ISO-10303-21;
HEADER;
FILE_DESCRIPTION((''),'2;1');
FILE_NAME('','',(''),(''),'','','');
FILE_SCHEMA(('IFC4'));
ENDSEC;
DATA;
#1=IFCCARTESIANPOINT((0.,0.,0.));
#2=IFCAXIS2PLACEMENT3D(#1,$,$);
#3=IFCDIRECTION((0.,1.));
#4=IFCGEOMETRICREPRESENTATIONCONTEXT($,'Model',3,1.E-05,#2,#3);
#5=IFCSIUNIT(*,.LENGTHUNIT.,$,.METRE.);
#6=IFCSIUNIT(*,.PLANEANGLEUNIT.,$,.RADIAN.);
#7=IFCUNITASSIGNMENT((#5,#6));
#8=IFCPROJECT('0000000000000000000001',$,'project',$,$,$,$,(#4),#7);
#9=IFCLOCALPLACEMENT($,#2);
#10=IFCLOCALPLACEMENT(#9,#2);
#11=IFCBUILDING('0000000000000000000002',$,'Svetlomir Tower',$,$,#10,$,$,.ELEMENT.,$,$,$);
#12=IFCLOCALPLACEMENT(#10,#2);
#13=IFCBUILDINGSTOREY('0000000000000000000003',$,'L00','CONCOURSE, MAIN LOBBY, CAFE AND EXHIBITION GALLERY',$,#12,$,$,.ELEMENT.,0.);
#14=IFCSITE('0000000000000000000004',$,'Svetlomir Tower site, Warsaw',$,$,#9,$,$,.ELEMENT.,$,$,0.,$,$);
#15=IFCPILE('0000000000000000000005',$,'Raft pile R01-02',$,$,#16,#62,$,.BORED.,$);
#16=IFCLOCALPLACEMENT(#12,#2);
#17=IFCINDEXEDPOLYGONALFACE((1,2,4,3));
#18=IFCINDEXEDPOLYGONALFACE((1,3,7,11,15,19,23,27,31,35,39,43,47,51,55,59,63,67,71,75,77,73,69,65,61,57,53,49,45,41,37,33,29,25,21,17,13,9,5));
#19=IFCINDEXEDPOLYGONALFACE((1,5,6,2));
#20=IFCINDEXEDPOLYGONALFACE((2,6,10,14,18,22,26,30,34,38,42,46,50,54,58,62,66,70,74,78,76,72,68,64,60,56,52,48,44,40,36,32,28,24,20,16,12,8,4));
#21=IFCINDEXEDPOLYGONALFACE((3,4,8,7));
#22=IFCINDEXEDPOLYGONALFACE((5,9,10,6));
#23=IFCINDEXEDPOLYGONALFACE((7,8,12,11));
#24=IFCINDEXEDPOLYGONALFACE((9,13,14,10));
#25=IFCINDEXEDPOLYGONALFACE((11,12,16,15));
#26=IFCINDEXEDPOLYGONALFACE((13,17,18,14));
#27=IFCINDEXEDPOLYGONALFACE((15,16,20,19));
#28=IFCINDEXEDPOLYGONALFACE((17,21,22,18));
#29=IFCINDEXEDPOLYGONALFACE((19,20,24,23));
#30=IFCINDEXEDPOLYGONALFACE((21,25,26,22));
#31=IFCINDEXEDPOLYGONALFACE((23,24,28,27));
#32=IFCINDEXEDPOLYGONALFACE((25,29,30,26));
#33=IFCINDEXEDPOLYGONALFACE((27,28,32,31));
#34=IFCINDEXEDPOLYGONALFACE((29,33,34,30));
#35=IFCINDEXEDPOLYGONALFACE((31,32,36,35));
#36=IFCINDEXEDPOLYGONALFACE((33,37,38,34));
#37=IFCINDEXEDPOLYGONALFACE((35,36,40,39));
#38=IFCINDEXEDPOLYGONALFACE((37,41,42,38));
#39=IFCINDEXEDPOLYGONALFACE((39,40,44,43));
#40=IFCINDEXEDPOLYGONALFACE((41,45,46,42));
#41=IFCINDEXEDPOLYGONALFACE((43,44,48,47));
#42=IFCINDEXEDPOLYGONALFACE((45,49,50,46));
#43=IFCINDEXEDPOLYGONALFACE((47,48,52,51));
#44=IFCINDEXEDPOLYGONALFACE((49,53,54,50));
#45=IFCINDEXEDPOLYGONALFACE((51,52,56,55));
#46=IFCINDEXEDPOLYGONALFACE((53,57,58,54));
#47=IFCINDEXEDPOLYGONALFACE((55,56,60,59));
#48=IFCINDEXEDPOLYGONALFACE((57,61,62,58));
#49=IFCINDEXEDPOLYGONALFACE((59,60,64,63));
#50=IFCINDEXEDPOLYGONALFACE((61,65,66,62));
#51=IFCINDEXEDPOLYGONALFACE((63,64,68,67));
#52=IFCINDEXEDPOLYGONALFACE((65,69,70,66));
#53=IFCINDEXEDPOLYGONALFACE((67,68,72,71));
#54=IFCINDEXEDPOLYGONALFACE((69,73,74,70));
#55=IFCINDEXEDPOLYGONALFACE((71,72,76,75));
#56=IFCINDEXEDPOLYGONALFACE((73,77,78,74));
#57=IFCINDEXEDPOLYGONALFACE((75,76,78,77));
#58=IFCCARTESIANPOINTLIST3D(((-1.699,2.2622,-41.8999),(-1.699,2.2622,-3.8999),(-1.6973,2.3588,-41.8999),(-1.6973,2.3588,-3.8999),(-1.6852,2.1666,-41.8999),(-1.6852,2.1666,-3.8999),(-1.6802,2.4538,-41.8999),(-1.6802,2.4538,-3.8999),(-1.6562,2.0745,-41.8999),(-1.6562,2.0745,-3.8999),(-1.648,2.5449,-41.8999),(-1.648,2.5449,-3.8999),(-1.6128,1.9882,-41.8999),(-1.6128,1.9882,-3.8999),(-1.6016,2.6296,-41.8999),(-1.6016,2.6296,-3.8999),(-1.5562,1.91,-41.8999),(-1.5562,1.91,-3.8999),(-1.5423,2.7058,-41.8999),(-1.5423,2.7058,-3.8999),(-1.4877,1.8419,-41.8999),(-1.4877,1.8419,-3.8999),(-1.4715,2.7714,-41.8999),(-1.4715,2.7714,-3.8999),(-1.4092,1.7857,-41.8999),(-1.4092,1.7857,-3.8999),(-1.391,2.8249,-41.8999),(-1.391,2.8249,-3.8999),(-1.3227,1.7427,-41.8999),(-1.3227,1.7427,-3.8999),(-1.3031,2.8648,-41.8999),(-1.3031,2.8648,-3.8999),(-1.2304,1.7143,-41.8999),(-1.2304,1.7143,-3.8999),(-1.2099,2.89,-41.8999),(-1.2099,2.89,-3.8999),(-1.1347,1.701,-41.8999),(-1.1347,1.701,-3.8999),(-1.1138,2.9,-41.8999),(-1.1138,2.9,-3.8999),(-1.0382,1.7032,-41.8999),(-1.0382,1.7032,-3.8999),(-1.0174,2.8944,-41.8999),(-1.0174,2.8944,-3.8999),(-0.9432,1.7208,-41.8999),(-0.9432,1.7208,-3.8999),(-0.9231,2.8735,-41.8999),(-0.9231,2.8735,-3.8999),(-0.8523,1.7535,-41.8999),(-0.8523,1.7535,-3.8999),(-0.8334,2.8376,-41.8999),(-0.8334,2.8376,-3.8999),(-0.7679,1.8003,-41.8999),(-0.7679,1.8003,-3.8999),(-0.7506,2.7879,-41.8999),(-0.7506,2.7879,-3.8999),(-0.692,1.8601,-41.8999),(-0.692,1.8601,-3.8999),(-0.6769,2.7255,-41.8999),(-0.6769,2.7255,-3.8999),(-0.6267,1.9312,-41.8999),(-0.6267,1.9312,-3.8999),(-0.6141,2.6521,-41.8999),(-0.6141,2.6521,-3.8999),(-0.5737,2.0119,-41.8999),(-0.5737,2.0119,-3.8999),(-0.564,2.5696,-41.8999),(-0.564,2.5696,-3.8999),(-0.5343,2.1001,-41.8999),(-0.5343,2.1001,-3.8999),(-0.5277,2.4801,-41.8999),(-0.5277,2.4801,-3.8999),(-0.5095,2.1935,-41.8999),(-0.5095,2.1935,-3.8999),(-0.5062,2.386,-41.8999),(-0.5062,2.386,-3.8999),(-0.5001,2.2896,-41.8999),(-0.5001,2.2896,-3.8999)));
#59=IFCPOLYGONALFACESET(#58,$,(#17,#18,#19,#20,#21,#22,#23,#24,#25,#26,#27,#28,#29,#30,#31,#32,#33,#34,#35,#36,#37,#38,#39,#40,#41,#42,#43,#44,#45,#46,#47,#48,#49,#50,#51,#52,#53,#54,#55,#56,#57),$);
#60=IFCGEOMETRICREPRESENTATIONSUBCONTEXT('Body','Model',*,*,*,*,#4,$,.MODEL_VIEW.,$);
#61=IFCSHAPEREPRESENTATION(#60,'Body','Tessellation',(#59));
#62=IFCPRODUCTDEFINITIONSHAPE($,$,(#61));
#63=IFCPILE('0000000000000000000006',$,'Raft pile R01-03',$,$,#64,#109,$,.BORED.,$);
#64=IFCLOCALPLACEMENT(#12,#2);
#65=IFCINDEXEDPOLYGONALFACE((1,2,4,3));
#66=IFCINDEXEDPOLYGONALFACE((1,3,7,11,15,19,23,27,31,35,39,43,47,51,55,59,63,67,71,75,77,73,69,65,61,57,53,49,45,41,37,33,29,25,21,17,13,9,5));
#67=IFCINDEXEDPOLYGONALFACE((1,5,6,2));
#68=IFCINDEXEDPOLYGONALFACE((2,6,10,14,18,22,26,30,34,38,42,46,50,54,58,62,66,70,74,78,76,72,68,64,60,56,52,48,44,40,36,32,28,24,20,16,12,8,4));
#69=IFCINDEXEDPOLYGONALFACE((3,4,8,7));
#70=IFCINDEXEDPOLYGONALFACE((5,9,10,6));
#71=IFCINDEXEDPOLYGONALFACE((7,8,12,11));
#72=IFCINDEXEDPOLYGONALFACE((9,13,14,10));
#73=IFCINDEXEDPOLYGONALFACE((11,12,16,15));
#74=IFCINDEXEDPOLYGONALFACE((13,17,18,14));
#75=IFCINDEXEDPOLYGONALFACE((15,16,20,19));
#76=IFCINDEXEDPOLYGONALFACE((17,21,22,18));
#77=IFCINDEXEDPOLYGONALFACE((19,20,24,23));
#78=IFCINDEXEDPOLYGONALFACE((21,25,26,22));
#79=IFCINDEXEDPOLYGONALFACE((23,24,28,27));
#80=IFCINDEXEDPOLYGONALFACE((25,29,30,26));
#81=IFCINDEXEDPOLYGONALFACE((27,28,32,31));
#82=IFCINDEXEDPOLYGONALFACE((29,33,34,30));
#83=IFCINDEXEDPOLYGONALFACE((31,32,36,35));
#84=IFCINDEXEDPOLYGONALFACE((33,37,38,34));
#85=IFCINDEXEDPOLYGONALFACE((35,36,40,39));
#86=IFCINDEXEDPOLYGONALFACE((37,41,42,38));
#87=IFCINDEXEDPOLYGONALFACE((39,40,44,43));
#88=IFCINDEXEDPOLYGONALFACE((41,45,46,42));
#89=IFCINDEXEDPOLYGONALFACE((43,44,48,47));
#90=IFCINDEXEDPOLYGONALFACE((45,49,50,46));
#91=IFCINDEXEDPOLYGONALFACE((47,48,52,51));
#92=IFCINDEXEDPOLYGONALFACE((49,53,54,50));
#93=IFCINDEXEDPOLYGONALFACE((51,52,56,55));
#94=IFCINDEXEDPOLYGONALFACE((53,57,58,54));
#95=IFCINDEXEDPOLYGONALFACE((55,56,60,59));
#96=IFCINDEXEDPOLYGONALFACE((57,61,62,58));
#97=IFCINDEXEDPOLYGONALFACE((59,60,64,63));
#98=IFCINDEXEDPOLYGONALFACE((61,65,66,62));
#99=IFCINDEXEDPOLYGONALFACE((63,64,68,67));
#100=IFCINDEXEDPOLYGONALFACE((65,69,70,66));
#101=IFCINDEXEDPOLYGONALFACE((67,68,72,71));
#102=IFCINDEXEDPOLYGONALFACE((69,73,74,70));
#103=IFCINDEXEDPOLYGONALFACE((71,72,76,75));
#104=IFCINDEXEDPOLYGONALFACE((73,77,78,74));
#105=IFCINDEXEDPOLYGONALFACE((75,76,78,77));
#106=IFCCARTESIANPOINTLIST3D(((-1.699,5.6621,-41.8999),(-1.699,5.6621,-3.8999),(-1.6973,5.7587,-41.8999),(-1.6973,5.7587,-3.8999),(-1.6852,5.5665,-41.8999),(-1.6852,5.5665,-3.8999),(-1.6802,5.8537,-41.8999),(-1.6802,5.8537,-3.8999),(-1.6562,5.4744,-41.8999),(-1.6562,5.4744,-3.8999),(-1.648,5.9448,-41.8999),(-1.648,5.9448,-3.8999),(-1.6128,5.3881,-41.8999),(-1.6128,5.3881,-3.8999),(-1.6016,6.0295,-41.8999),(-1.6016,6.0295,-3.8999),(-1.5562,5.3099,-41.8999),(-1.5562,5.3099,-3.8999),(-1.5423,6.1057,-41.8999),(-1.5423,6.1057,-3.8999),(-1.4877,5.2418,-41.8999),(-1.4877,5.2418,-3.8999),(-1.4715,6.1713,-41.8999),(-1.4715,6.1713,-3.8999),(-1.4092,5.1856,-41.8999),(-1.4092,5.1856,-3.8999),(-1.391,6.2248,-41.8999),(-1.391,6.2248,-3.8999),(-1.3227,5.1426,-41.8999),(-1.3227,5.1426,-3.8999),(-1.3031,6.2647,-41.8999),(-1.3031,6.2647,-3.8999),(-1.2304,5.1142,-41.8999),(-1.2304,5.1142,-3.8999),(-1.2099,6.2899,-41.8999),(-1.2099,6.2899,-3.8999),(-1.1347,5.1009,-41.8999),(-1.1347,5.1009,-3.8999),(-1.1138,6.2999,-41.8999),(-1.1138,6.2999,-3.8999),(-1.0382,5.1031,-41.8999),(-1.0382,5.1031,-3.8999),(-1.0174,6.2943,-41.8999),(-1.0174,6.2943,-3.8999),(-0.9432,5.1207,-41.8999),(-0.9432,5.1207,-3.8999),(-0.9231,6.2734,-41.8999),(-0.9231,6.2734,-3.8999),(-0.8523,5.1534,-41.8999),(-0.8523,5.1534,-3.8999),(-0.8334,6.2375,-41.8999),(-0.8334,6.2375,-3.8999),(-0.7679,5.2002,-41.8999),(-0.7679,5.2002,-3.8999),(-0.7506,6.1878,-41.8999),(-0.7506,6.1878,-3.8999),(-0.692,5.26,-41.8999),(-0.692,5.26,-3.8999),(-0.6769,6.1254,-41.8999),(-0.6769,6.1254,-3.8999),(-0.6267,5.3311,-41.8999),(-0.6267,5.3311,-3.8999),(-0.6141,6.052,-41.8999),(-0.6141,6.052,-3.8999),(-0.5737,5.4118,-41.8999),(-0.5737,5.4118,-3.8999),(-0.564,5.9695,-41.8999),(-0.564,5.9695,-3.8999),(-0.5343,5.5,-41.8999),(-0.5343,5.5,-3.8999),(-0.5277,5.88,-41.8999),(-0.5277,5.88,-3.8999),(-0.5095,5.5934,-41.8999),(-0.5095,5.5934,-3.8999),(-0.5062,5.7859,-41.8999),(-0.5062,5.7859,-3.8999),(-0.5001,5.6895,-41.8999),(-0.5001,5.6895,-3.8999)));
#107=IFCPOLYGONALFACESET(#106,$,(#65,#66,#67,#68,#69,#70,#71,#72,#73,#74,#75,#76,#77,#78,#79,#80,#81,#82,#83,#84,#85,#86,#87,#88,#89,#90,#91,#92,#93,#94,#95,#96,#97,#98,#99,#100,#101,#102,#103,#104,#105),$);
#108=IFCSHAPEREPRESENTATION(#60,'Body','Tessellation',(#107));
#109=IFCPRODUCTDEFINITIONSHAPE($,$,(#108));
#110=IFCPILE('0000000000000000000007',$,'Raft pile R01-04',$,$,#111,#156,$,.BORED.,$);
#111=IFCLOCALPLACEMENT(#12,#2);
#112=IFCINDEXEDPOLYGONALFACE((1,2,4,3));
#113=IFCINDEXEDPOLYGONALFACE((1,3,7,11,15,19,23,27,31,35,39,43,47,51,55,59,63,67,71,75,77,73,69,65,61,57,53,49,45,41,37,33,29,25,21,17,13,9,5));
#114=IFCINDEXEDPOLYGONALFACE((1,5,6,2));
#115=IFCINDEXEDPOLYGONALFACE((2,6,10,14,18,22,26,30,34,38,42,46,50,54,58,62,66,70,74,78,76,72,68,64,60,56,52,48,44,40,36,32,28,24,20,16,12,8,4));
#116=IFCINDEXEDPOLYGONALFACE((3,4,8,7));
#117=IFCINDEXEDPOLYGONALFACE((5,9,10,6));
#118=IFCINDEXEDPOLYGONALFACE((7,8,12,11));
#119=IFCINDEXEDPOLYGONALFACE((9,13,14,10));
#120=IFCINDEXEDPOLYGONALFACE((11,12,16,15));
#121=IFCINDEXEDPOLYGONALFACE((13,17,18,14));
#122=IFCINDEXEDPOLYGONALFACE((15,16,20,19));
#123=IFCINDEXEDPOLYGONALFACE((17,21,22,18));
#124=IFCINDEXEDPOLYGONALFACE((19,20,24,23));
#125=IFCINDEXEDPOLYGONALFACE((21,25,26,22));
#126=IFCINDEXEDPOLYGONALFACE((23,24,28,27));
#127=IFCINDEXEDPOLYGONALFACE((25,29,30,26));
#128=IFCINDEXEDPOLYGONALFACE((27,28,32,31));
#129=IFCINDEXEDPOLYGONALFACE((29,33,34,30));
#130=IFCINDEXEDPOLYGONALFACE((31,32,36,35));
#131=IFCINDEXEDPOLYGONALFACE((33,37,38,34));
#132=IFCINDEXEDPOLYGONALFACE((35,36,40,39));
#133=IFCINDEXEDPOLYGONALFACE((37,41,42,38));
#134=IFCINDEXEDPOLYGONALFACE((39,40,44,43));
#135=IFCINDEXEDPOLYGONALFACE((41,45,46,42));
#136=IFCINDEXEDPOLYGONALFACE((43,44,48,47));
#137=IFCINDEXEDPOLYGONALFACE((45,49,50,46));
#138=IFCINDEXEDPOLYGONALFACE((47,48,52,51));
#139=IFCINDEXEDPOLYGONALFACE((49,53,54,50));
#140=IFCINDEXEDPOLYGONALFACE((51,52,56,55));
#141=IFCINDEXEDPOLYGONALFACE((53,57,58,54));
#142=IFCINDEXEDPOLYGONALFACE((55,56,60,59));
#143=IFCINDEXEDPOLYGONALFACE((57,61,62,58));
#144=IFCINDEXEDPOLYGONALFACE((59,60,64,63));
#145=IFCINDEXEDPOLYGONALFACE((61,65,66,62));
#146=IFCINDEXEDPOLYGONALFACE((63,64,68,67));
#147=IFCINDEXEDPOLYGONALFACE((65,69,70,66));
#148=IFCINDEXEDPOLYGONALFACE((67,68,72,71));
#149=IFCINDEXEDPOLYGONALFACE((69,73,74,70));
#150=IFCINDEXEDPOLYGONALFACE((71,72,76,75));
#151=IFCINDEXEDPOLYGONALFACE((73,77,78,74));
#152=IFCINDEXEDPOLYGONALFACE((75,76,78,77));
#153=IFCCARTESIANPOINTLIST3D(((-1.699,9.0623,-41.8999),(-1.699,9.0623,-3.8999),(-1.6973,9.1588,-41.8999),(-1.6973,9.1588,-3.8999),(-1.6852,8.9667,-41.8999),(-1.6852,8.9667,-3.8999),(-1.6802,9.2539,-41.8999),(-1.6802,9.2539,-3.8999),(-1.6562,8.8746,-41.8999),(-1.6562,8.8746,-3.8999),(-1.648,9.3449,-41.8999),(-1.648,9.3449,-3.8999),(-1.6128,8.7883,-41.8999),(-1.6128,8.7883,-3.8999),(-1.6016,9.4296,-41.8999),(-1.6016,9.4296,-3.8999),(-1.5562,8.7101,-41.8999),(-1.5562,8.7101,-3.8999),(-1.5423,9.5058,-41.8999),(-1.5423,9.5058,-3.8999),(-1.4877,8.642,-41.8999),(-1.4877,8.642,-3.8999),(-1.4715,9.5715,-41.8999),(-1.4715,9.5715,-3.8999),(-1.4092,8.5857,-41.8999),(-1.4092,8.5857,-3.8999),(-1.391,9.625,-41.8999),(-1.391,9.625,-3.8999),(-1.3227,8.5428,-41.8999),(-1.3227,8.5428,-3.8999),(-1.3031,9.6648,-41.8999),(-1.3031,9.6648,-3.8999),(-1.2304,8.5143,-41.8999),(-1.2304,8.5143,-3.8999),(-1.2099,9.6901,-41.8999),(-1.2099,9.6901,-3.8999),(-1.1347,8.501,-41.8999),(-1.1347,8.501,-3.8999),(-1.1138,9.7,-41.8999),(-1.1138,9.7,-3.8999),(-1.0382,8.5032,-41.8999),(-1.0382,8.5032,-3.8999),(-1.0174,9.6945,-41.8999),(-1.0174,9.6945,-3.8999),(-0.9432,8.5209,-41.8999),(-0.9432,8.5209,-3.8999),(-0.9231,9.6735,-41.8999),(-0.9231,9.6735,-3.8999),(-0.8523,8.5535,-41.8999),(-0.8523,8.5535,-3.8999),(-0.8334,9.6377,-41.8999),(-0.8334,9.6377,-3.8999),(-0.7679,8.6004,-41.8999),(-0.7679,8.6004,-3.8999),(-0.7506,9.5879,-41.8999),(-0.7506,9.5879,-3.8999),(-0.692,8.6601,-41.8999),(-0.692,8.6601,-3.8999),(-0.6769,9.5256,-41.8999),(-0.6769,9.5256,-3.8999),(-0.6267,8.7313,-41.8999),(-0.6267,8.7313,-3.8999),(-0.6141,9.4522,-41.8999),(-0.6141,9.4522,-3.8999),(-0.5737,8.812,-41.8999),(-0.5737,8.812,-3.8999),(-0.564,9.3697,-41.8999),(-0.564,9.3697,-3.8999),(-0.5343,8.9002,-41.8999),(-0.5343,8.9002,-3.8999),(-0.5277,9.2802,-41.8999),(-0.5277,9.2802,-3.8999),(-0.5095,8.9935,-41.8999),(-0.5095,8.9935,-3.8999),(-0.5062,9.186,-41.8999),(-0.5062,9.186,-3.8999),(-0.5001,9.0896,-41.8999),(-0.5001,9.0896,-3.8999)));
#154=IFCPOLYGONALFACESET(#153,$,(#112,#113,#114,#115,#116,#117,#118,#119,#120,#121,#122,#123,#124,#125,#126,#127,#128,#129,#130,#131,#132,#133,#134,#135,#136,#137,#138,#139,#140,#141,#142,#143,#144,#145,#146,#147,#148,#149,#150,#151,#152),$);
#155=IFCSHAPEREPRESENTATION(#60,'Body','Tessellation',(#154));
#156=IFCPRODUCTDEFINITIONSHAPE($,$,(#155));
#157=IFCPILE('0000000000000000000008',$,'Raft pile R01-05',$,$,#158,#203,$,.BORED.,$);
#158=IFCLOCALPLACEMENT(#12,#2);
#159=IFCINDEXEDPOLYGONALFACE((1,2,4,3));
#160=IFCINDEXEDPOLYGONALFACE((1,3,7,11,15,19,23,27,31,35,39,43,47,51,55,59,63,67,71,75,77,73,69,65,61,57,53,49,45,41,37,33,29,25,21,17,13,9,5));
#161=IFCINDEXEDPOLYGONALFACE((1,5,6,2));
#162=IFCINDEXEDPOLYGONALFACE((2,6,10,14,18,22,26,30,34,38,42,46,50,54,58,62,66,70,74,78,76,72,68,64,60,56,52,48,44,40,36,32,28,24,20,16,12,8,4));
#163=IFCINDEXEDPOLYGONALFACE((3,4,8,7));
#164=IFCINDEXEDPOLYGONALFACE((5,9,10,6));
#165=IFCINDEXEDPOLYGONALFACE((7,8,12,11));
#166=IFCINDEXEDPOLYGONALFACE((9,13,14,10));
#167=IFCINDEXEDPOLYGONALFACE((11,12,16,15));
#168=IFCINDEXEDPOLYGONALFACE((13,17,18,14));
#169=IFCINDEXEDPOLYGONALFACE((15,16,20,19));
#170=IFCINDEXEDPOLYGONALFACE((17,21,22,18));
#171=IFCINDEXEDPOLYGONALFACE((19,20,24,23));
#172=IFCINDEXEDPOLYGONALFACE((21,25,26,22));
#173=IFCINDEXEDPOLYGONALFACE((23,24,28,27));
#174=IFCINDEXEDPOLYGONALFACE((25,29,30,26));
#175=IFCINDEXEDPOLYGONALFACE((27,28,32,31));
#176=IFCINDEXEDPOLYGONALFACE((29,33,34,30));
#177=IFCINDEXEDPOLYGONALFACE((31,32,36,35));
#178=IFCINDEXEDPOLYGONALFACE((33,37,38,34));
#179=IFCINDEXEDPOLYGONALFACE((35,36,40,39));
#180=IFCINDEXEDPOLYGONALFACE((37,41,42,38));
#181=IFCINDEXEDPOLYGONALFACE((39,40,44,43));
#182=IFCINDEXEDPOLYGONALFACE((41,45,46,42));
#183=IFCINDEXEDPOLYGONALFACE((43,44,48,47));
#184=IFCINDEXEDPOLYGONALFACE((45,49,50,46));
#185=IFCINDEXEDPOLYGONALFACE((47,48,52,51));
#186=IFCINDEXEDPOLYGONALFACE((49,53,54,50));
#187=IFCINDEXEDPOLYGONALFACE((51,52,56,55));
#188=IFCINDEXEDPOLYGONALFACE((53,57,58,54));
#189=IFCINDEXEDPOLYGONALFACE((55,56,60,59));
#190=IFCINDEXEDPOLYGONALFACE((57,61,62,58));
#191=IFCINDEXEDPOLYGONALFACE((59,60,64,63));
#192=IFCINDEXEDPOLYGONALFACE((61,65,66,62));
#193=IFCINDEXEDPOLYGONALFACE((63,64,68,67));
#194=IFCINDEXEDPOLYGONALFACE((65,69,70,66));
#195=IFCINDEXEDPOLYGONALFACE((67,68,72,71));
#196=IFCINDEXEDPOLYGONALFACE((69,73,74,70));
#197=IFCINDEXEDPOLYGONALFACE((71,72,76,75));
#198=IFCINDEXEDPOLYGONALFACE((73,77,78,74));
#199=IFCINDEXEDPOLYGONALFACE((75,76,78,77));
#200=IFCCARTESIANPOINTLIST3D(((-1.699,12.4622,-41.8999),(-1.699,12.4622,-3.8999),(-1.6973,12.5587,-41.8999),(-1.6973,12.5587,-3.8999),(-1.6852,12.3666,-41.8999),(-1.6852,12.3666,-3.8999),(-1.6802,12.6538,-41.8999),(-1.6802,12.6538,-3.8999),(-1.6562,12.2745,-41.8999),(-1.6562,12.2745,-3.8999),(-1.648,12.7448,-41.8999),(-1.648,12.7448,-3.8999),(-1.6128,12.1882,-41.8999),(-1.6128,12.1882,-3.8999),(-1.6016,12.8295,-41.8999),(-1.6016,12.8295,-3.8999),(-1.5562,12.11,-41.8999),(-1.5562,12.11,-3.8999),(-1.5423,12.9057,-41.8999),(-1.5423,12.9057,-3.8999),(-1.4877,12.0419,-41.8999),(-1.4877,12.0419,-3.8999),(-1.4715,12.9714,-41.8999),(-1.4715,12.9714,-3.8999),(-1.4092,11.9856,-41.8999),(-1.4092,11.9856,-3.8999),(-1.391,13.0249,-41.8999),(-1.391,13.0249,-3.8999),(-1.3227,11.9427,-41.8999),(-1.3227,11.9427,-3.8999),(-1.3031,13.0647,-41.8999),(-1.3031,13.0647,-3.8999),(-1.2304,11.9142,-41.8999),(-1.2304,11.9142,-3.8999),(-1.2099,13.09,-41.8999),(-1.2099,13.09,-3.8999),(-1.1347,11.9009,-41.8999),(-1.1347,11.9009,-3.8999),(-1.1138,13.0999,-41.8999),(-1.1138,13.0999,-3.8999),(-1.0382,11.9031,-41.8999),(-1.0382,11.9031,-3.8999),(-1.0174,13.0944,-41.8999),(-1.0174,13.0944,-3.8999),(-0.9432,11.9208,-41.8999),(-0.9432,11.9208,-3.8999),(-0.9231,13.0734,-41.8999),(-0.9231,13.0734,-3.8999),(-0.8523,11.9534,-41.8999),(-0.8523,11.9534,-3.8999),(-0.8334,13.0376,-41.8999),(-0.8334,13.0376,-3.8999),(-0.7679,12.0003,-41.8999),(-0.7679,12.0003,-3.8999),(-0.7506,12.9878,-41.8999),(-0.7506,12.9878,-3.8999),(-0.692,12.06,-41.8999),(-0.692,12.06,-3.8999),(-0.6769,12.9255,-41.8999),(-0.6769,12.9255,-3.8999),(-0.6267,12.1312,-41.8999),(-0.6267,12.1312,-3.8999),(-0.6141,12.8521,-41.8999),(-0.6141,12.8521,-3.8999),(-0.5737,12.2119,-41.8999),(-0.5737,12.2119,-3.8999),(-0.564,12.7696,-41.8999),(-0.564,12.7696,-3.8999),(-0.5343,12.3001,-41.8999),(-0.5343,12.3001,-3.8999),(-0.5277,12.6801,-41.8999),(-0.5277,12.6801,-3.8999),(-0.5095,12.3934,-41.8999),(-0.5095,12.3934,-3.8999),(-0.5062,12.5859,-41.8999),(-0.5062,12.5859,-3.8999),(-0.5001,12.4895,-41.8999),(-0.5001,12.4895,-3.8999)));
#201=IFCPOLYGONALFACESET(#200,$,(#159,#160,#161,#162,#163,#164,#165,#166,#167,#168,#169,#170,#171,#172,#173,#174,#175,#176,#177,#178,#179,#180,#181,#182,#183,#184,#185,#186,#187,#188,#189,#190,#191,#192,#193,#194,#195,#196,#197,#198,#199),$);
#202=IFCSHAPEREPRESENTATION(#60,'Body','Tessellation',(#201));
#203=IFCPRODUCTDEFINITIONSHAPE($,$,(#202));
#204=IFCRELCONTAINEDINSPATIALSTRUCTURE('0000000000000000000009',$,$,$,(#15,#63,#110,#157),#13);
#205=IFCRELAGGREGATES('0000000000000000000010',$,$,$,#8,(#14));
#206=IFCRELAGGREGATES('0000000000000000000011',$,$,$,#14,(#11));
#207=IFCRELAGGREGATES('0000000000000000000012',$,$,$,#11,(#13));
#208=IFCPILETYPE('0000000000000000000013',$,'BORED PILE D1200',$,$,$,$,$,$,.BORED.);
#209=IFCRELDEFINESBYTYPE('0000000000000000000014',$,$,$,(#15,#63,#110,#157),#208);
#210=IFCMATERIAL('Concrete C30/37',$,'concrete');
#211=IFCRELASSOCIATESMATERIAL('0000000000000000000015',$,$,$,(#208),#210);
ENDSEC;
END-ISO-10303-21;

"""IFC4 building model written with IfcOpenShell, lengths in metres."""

from ifc_helpers import new_model, si_unit, direction, frame, frame_2d, origin, origin_2d, place, context, subcontext, project, spatial, circle, extrude, material, material_profile, profile_set, type_object, element, save


model = new_model("IFC4")

# Units and contexts
model_context = context("Model", 3, precision=1e-05, world=origin(), true_north=direction((0.0, 1.0)))
body_context = subcontext(model_context, "Body", "Model", "MODEL_VIEW")
ifc_project = project(units=[si_unit("LENGTHUNIT", "METRE"), si_unit("PLANEANGLEUNIT", "RADIAN")], contexts=[model_context])

# Site, building, storey
site_placement = place(None, origin())
site = spatial("IfcSite", under=ifc_project, at=site_placement, Name="Svetlomir Tower site, Warsaw", CompositionType="ELEMENT", RefElevation=0.0)
building_placement = place(site_placement, origin())
building = spatial("IfcBuilding", under=site, at=building_placement, Name="Svetlomir Tower", CompositionType="ELEMENT")
storey_placement = place(building_placement, origin())
storey = spatial("IfcBuildingStorey", under=building, at=storey_placement, Name="L00", Description="CONCOURSE, MAIN LOBBY, CAFE AND EXHIBITION GALLERY", CompositionType="ELEMENT", Elevation=0.0)

# Piles
ifc_material_1 = material(Name="Concrete C30/37", Category="concrete")
ifc_material_profile_1 = material_profile(ifc_material_1, circle(Radius=0.6001, at=origin_2d()), Name="D1200")
ifc_profile_set_1 = profile_set([ifc_material_profile_1], Name="Concrete C30/37")
pile_type_1 = type_object("IfcPileType", Name="BORED PILE D1200", PredefinedType="BORED", material=ifc_profile_set_1)
for number, where, z_axis, x_axis, name in (
    (1, (-1.1001, 2.3, -3.8999), (0.0, 0.0, -1.0), (1.0, 0.0, 0.0), "Raft pile R01-02"),
    (2, (-1.1001, 5.7, -3.8999), (0.0, 0.0, -1.0), (1.0, 0.0, 0.0), "Raft pile R01-03"),
    (3, (-1.1001, 9.1001, -3.8999), (0.0, 0.0, -1.0), (1.0, 0.0, 0.0), "Raft pile R01-04"),
    (4, (-1.1001, 12.5, -3.8999), (0.0, 0.0, -1.0), (1.0, 0.0, 0.0), "Raft pile R01-05"),
):
    element("IfcPile", number, at=place(storey_placement, frame(where, z_axis=z_axis, x_axis=x_axis)), inside=storey, type_object=pile_type_1, Name=name, PredefinedType="BORED", context=body_context, shape_type="SweptSolid", body=[
        extrude(circle(Radius=0.6001, at=frame_2d((0.0, 0.0), x_axis=(0.999848, 0.017452))), origin(), (0.0, 0.0, 1.0), 38.0),
    ])

save(model, "model.ifc")
